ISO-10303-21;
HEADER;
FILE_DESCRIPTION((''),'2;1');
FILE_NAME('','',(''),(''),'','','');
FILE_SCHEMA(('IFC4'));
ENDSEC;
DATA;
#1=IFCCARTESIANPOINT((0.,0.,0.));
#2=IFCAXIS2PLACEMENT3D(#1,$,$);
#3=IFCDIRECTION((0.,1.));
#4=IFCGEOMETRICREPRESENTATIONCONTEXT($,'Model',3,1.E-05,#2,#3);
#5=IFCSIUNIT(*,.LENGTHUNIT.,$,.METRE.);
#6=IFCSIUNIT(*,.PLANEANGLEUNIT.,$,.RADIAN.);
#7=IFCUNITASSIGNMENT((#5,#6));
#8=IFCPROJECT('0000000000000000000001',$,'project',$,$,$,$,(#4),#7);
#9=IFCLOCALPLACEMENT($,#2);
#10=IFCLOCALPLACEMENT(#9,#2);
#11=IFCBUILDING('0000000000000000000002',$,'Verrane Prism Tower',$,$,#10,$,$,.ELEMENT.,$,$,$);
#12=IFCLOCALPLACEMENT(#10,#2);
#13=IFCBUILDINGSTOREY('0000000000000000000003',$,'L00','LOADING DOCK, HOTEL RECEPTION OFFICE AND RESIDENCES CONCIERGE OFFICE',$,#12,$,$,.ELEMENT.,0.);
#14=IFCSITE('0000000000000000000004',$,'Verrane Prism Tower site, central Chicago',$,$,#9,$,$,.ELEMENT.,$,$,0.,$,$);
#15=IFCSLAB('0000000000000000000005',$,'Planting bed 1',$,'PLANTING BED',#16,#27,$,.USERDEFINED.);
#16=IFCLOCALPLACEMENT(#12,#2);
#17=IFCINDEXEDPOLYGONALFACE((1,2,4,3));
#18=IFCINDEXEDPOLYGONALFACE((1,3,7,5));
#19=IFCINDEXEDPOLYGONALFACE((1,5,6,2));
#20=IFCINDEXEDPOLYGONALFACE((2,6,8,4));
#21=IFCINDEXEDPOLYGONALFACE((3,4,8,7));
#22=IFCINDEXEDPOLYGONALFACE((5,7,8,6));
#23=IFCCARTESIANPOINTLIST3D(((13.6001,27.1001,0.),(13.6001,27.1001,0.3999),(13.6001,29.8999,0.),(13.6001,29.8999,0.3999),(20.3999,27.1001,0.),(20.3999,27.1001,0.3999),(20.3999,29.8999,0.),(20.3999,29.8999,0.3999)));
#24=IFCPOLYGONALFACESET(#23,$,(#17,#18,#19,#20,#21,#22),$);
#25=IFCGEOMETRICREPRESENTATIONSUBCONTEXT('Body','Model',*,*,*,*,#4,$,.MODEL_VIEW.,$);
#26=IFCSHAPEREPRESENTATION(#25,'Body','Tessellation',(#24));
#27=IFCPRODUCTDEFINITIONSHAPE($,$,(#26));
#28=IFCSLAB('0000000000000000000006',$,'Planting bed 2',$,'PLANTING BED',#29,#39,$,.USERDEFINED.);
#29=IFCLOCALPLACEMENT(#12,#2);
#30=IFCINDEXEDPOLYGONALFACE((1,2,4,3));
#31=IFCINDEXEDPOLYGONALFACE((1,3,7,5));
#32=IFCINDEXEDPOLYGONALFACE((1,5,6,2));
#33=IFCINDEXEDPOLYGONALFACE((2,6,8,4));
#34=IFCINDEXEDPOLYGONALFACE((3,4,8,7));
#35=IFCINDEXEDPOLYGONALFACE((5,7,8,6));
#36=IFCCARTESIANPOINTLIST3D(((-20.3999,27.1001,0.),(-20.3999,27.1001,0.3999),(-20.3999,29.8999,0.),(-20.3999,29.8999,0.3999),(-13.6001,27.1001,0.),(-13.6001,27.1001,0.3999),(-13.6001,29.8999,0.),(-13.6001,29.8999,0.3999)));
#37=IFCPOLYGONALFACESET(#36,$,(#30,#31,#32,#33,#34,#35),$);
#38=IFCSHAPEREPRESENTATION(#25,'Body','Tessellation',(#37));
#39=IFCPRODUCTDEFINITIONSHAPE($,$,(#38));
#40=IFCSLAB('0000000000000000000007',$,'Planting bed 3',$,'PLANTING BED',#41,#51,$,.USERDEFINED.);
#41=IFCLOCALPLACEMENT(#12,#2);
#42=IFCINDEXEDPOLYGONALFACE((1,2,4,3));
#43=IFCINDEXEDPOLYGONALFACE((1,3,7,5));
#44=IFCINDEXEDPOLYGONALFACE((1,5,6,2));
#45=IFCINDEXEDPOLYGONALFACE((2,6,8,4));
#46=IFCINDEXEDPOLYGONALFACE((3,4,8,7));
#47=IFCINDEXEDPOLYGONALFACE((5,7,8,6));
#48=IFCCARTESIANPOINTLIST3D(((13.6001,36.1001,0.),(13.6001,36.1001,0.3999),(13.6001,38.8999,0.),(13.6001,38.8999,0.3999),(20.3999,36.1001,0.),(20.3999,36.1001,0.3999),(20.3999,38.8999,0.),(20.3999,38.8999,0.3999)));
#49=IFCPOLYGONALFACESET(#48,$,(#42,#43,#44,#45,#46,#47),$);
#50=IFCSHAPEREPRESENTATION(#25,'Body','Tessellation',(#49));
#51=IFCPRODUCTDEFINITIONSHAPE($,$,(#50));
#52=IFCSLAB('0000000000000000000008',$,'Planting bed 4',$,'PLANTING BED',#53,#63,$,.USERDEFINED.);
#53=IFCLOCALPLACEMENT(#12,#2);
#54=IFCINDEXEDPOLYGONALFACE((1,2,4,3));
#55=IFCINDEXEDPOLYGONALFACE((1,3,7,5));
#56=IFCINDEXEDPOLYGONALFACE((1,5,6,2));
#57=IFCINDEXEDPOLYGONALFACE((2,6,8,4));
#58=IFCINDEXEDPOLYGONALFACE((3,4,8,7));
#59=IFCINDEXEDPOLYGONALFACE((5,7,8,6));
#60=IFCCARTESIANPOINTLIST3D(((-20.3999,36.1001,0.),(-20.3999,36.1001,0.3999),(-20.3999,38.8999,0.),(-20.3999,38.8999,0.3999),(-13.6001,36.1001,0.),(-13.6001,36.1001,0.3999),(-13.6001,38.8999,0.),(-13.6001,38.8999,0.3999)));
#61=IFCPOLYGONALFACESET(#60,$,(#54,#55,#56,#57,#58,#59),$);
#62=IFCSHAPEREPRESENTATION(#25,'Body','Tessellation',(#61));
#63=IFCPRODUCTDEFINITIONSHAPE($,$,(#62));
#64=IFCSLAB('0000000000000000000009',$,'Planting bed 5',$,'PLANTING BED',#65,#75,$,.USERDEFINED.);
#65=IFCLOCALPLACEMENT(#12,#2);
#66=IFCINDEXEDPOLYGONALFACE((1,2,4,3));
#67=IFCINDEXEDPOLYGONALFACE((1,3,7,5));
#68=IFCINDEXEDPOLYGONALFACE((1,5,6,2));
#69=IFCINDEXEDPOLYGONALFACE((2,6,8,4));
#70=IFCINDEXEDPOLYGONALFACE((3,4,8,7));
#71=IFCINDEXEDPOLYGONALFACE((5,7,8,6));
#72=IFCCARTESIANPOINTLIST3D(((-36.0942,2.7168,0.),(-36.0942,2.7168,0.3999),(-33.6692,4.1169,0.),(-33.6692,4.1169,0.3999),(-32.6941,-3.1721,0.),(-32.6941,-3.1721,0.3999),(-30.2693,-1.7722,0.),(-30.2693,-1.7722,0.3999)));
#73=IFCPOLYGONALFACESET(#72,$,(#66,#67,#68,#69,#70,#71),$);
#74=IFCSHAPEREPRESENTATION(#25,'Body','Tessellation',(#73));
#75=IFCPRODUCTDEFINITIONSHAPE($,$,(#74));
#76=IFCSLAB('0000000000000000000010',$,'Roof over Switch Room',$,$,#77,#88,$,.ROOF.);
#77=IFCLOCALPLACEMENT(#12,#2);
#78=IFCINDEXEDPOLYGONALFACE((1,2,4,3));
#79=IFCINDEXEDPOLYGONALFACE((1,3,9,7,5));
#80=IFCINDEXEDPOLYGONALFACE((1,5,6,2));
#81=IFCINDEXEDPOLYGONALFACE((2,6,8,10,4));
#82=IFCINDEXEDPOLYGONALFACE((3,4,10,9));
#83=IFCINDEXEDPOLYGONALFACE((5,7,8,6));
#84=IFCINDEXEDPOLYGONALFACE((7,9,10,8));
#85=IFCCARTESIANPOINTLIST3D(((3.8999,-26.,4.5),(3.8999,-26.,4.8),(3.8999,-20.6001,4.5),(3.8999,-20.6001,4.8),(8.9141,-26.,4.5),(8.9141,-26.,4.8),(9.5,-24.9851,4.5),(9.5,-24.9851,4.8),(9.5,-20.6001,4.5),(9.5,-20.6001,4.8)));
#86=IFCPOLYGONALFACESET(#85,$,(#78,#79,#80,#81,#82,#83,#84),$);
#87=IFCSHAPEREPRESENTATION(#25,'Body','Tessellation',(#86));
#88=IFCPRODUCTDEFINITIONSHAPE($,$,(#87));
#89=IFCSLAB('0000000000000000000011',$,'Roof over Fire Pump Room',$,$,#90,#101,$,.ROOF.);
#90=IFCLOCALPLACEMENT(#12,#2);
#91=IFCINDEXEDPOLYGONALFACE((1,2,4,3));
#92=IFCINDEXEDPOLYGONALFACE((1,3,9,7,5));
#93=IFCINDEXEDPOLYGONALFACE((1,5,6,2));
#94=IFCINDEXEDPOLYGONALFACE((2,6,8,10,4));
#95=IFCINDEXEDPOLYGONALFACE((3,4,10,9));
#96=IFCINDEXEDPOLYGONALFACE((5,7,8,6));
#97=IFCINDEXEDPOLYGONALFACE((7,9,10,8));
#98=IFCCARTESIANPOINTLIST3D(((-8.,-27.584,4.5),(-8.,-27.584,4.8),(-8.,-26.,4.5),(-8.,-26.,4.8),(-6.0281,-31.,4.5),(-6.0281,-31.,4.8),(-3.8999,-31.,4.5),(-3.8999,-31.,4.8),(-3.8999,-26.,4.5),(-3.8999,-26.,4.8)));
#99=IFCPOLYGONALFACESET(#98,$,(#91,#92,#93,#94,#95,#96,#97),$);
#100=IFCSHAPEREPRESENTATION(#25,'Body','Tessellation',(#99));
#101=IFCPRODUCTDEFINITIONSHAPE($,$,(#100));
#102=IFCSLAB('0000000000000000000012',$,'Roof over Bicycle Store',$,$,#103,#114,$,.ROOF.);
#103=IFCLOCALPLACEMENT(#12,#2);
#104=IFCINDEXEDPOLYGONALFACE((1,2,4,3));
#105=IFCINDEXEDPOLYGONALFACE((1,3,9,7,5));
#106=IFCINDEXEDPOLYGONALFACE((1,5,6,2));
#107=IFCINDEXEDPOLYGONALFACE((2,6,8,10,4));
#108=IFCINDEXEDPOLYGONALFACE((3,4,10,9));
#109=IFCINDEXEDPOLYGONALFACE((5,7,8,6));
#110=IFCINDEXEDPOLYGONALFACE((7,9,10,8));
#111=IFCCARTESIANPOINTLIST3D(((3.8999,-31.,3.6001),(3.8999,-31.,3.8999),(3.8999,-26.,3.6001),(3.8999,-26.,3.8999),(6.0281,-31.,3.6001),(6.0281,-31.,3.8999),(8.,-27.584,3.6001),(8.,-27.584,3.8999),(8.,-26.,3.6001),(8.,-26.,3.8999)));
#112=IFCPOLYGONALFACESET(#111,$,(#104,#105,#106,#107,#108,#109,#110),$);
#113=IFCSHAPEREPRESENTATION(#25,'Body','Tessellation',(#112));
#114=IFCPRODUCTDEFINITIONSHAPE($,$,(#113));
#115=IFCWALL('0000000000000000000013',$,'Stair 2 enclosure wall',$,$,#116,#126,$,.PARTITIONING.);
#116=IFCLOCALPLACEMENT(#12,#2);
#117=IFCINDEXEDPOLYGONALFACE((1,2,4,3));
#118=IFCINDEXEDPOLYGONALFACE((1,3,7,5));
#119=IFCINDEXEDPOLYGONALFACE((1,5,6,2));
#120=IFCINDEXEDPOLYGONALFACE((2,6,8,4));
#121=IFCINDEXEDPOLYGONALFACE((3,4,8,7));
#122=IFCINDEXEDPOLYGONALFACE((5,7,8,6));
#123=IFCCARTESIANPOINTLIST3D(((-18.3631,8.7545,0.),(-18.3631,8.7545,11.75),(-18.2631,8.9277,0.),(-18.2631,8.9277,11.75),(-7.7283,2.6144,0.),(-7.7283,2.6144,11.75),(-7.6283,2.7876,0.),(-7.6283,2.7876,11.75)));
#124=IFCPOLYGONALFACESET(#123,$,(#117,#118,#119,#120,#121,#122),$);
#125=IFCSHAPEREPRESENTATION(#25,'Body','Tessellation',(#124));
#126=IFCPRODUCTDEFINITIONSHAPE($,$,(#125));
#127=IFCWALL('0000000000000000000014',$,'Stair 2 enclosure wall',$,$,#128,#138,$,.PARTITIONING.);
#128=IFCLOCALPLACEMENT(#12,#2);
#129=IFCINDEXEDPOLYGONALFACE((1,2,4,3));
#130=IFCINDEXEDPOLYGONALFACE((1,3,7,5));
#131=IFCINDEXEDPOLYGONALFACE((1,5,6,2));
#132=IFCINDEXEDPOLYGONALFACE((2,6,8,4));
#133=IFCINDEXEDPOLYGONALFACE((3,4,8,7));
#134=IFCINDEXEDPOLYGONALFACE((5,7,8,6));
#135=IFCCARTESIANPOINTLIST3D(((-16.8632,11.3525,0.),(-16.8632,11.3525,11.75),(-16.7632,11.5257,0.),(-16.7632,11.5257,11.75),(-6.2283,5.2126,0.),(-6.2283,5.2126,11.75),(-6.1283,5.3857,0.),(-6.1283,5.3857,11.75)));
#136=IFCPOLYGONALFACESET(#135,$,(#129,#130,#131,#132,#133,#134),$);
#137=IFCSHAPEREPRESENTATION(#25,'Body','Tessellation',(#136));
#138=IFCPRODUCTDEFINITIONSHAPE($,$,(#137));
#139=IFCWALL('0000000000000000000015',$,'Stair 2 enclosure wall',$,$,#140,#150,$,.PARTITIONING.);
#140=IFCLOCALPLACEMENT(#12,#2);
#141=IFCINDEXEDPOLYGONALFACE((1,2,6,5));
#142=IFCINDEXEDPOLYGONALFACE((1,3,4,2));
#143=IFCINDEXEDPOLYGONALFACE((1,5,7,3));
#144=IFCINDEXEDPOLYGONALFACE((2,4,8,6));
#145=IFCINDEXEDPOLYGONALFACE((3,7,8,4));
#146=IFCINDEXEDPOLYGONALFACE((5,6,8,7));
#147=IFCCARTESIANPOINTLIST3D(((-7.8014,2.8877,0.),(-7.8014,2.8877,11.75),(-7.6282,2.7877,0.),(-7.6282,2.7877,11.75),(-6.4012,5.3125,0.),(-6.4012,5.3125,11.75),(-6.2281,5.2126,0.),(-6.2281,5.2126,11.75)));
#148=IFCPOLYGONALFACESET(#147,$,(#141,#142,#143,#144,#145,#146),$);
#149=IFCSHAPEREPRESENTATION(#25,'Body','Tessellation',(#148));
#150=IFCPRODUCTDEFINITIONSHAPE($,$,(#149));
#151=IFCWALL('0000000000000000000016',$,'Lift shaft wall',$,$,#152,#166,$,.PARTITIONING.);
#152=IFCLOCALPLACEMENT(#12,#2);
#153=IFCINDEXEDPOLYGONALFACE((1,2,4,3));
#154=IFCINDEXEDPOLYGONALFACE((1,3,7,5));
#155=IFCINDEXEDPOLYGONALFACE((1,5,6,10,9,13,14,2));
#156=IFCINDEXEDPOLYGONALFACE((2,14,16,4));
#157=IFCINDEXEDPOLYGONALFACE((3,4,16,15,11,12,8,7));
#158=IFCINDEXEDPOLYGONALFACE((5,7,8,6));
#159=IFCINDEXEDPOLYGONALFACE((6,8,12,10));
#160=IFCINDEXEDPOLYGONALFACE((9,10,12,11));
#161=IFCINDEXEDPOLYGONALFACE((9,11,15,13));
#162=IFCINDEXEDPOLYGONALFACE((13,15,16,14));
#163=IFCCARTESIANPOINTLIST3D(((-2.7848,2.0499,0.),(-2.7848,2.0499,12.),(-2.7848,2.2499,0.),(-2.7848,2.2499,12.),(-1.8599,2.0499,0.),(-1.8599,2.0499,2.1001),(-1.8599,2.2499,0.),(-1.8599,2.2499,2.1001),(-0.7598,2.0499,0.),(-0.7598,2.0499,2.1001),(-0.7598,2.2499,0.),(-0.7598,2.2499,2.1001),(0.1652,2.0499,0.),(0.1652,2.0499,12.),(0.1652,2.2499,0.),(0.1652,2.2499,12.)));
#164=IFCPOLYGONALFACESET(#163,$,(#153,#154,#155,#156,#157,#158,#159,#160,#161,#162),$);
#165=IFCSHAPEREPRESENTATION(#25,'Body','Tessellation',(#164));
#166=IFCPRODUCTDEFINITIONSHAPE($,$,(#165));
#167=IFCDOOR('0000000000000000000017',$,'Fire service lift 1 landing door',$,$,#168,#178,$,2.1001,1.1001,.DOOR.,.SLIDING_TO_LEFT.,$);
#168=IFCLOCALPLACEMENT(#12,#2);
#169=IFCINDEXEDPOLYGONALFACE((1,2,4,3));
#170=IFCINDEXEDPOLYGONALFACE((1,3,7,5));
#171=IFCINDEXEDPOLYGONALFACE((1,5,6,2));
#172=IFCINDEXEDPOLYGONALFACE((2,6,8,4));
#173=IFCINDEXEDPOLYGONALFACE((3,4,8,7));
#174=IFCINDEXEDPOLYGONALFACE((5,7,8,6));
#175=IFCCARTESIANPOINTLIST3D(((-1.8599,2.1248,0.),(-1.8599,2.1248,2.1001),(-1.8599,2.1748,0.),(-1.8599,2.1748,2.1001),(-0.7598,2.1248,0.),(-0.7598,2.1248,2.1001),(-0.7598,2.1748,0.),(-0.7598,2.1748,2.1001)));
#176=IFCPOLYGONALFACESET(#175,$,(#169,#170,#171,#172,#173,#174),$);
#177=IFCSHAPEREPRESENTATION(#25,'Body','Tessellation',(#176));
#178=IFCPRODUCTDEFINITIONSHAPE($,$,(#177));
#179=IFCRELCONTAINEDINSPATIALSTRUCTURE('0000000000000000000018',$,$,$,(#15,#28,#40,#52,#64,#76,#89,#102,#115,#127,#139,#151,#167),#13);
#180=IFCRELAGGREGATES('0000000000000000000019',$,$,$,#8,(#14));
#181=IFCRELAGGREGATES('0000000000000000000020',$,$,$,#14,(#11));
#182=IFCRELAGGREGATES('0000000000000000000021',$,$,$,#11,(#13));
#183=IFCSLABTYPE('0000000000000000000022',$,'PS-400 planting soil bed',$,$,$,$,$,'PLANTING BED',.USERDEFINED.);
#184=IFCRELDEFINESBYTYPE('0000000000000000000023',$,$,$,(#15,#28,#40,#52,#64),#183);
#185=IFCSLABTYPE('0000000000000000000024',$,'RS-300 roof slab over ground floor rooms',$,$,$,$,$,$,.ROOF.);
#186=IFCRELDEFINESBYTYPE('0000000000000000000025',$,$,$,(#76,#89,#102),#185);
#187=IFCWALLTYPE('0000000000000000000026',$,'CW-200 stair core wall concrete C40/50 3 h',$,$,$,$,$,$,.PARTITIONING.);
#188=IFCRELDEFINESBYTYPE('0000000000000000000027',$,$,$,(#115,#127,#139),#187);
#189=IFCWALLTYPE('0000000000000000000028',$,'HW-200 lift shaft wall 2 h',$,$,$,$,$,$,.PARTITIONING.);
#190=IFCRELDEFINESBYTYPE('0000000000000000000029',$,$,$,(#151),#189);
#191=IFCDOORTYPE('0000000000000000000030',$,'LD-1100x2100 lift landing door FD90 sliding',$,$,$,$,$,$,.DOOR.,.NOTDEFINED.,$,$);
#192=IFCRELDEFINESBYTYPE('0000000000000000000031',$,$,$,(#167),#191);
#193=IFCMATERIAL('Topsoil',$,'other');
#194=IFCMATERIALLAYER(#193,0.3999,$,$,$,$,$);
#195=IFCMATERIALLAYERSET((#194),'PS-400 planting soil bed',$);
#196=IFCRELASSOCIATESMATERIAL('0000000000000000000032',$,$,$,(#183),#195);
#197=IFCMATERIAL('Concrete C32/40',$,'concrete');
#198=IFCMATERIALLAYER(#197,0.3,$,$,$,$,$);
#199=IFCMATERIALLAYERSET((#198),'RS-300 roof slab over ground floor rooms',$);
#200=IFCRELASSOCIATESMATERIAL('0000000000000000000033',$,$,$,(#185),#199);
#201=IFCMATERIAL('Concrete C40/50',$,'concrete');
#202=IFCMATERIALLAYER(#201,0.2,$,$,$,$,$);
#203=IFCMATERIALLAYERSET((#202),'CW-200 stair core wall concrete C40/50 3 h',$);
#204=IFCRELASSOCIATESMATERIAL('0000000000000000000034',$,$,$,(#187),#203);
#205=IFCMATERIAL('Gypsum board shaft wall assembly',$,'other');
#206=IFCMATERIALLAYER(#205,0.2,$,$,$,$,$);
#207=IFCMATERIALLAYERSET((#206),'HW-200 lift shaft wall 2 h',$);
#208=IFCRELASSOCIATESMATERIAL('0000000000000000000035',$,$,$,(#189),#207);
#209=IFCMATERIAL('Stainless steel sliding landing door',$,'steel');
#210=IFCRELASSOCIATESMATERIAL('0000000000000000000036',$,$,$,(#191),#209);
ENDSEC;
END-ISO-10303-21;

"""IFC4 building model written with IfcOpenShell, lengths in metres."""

from ifc_helpers import new_model, si_unit, direction, frame, frame_2d, origin, place, context, subcontext, project, spatial, polyline, rectangle, outline, extrude, material, layer, layer_set, type_object, element, fill, save


model = new_model("IFC4")

# Units and contexts
model_context = context("Model", 3, precision=1e-05, world=origin(), true_north=direction((0.0, 1.0)))
body_context = subcontext(model_context, "Body", "Model", "MODEL_VIEW")
ifc_project = project(units=[si_unit("LENGTHUNIT", "METRE"), si_unit("PLANEANGLEUNIT", "RADIAN")], contexts=[model_context])

# Site, building, storey
site_placement = place(None, origin())
site = spatial("IfcSite", under=ifc_project, at=site_placement, Name="Verrane Prism Tower site, central Chicago", CompositionType="ELEMENT", RefElevation=0.0)
building_placement = place(site_placement, origin())
building = spatial("IfcBuilding", under=site, at=building_placement, Name="Verrane Prism Tower", CompositionType="ELEMENT")
storey_placement = place(building_placement, origin())
storey = spatial("IfcBuildingStorey", under=building, at=storey_placement, Name="L00", Description="LOADING DOCK, HOTEL RECEPTION OFFICE AND RESIDENCES CONCIERGE OFFICE", CompositionType="ELEMENT", Elevation=0.0)

# Slabs
ifc_material_1 = material(Name="Topsoil", Category="other")
ifc_layer_1 = layer(ifc_material_1, 0.3999)
ifc_layer_set_1 = layer_set([ifc_layer_1], Name="PS-400 planting soil bed")
slab_type_1 = type_object("IfcSlabType", Name="PS-400 planting soil bed", ElementType="PLANTING BED", PredefinedType="USERDEFINED", material=ifc_layer_set_1)
slab_1_placement = place(storey_placement, origin())
element("IfcSlab", 1, at=slab_1_placement, inside=storey, type_object=slab_type_1, Name="Planting bed 1", ObjectType="PLANTING BED", PredefinedType="USERDEFINED", context=body_context, shape_type="SweptSolid", body=[
    extrude(outline(polyline([(20.3999, 29.8999), (13.6001, 29.8999), (13.6001, 27.1001), (20.3999, 27.1001), (20.3999, 29.8999)])), origin(), (0.0, 0.0, 1.0), 0.3999),
])
slab_2_placement = place(storey_placement, origin())
element("IfcSlab", 2, at=slab_2_placement, inside=storey, type_object=slab_type_1, Name="Planting bed 2", ObjectType="PLANTING BED", PredefinedType="USERDEFINED", context=body_context, shape_type="SweptSolid", body=[
    extrude(outline(polyline([(-13.6001, 29.8999), (-20.3999, 29.8999), (-20.3999, 27.1001), (-13.6001, 27.1001), (-13.6001, 29.8999)])), origin(), (0.0, 0.0, 1.0), 0.3999),
])
slab_3_placement = place(storey_placement, origin())
element("IfcSlab", 3, at=slab_3_placement, inside=storey, type_object=slab_type_1, Name="Planting bed 3", ObjectType="PLANTING BED", PredefinedType="USERDEFINED", context=body_context, shape_type="SweptSolid", body=[
    extrude(outline(polyline([(20.3999, 38.8999), (13.6001, 38.8999), (13.6001, 36.1001), (20.3999, 36.1001), (20.3999, 38.8999)])), origin(), (0.0, 0.0, 1.0), 0.3999),
])
slab_4_placement = place(storey_placement, origin())
element("IfcSlab", 4, at=slab_4_placement, inside=storey, type_object=slab_type_1, Name="Planting bed 4", ObjectType="PLANTING BED", PredefinedType="USERDEFINED", context=body_context, shape_type="SweptSolid", body=[
    extrude(outline(polyline([(-13.6001, 38.8999), (-20.3999, 38.8999), (-20.3999, 36.1001), (-13.6001, 36.1001), (-13.6001, 38.8999)])), origin(), (0.0, 0.0, 1.0), 0.3999),
])
slab_5_placement = place(storey_placement, origin())
element("IfcSlab", 5, at=slab_5_placement, inside=storey, type_object=slab_type_1, Name="Planting bed 5", ObjectType="PLANTING BED", PredefinedType="USERDEFINED", context=body_context, shape_type="SweptSolid", body=[
    extrude(outline(polyline([(-36.0942, 2.7168), (-32.6941, -3.1721), (-30.2693, -1.7722), (-33.6692, 4.1169), (-36.0942, 2.7168)])), origin(), (0.0, 0.0, 1.0), 0.3999),
])
ifc_material_2 = material(Name="Concrete C32/40", Category="concrete")
ifc_layer_2 = layer(ifc_material_2, 0.3)
ifc_layer_set_2 = layer_set([ifc_layer_2], Name="RS-300 roof slab over ground floor rooms")
slab_type_2 = type_object("IfcSlabType", Name="RS-300 roof slab over ground floor rooms", PredefinedType="ROOF", material=ifc_layer_set_2)
slab_6_placement = place(storey_placement, frame((0.0, 0.0, 4.5)))
element("IfcSlab", 6, at=slab_6_placement, inside=storey, type_object=slab_type_2, Name="Roof over Switch Room", PredefinedType="ROOF", context=body_context, shape_type="SweptSolid", body=[
    extrude(outline(polyline([(9.5, -20.6001), (3.8999, -20.6001), (3.8999, -26.0), (8.9141, -26.0), (9.5, -24.9851), (9.5, -20.6001)])), origin(), (0.0, 0.0, 1.0), 0.3),
])
slab_7_placement = place(storey_placement, frame((0.0, 0.0, 4.5)))
element("IfcSlab", 7, at=slab_7_placement, inside=storey, type_object=slab_type_2, Name="Roof over Fire Pump Room", PredefinedType="ROOF", context=body_context, shape_type="SweptSolid", body=[
    extrude(outline(polyline([(-3.8999, -31.0), (-3.8999, -26.0), (-8.0, -26.0), (-8.0, -27.584), (-6.0281, -31.0), (-3.8999, -31.0)])), origin(), (0.0, 0.0, 1.0), 0.3),
])
slab_8_placement = place(storey_placement, frame((0.0, 0.0, 3.6001)))
element("IfcSlab", 8, at=slab_8_placement, inside=storey, type_object=slab_type_2, Name="Roof over Bicycle Store", PredefinedType="ROOF", context=body_context, shape_type="SweptSolid", body=[
    extrude(outline(polyline([(8.0, -26.0), (3.8999, -26.0), (3.8999, -31.0), (6.0281, -31.0), (8.0, -27.584), (8.0, -26.0)])), origin(), (0.0, 0.0, 1.0), 0.2998),
])

# Walls
ifc_material_3 = material(Name="Concrete C40/50", Category="concrete")
ifc_layer_3 = layer(ifc_material_3, 0.2)
ifc_layer_set_3 = layer_set([ifc_layer_3], Name="CW-200 stair core wall concrete C40/50 3 h")
wall_type_1 = type_object("IfcWallType", Name="CW-200 stair core wall concrete C40/50 3 h", PredefinedType="PARTITIONING", material=ifc_layer_set_3)
for number, where, z_axis, x_axis, name in (
    (9, (-7.6782, 2.7009, 0.0), (0.0, 0.0, 1.0), (-0.86602, 0.500009, 0.0), "Stair 2 enclosure wall"),
    (10, (-6.1782, 5.2991, 0.0), (0.0, 0.0, 1.0), (-0.866029, 0.499994, 0.0), "Stair 2 enclosure wall"),
):
    element("IfcWall", number, at=place(storey_placement, frame(where, z_axis=z_axis, x_axis=x_axis)), inside=storey, type_object=wall_type_1, Name=name, PredefinedType="PARTITIONING", context=body_context, shape_type="SweptSolid", body=[
        extrude(rectangle(XDim=12.28, YDim=0.2, at=frame_2d((6.1401, 0.0))), origin(), (0.0, 0.0, 1.0), 11.75),
    ])
wall_1_placement = place(storey_placement, frame((-6.3147, 5.2625, 0.0), z_axis=(0.0, 0.0, 1.0), x_axis=(-0.50005, -0.865997, 0.0)))
element("IfcWall", 11, at=wall_1_placement, inside=storey, type_object=wall_type_1, Name="Stair 2 enclosure wall", PredefinedType="PARTITIONING", context=body_context, shape_type="SweptSolid", body=[
    extrude(rectangle(XDim=2.8, YDim=0.2, at=frame_2d((1.3999, 0.0))), origin(), (0.0, 0.0, 1.0), 11.75),
])

# Wall, opening, door
ifc_material_4 = material(Name="Gypsum board shaft wall assembly", Category="other")
ifc_layer_4 = layer(ifc_material_4, 0.2)
ifc_layer_set_4 = layer_set([ifc_layer_4], Name="HW-200 lift shaft wall 2 h")
wall_type_2 = type_object("IfcWallType", Name="HW-200 lift shaft wall 2 h", PredefinedType="PARTITIONING", material=ifc_layer_set_4)
wall_2_placement = place(storey_placement, frame((-2.7849, 2.1499, 0.0), z_axis=(0.0, 0.0, 1.0), x_axis=(1.0, 0.0, 0.0)))
wall_2 = element("IfcWall", 12, at=wall_2_placement, inside=storey, type_object=wall_type_2, Name="Lift shaft wall", PredefinedType="PARTITIONING", context=body_context, shape_type="SweptSolid", body=[
    extrude(rectangle(XDim=2.95, YDim=0.2, at=frame_2d((1.4751, 0.0))), origin(), (0.0, 0.0, 1.0), 12.0),
])
opening_1_placement = place(wall_2_placement, frame((0.925, 0.0, 0.0)))
opening_1 = element("IfcOpeningElement", 13, at=opening_1_placement, cuts=wall_2, PredefinedType="OPENING", context=body_context, shape_type="SweptSolid", body=[
    extrude(rectangle(XDim=1.1001, YDim=2.1001, at=frame_2d((0.55, 1.05))), frame((0.0, 0.1099, 0.0), z_axis=(0.0, -1.0, 0.0), x_axis=(1.0, 0.0, 0.0)), (0.0, 0.0, 1.0), 0.22),
])
ifc_material_5 = material(Name="Stainless steel sliding landing door", Category="steel")
door_type_1 = type_object("IfcDoorType", Name="LD-1100x2100 lift landing door FD90 sliding", OperationType="NOTDEFINED", PredefinedType="DOOR", material=ifc_material_5)
door_1_placement = place(opening_1_placement, origin())
door_1 = element("IfcDoor", 14, at=door_1_placement, inside=storey, type_object=door_type_1, Name="Fire service lift 1 landing door", OperationType="SLIDING_TO_LEFT", OverallHeight=2.1001, OverallWidth=1.1001, PredefinedType="DOOR", context=body_context, shape_type="SweptSolid", body=[
    extrude(rectangle(XDim=1.1001, YDim=2.1001, at=frame_2d((0.55, 1.05))), frame((0.0, 0.0249, 0.0), z_axis=(0.0, -1.0, 0.0), x_axis=(1.0, 0.0, 0.0)), (0.0, 0.0, 1.0), 0.05),
])
fill(opening_1, door_1)

save(model, "model.ifc")
